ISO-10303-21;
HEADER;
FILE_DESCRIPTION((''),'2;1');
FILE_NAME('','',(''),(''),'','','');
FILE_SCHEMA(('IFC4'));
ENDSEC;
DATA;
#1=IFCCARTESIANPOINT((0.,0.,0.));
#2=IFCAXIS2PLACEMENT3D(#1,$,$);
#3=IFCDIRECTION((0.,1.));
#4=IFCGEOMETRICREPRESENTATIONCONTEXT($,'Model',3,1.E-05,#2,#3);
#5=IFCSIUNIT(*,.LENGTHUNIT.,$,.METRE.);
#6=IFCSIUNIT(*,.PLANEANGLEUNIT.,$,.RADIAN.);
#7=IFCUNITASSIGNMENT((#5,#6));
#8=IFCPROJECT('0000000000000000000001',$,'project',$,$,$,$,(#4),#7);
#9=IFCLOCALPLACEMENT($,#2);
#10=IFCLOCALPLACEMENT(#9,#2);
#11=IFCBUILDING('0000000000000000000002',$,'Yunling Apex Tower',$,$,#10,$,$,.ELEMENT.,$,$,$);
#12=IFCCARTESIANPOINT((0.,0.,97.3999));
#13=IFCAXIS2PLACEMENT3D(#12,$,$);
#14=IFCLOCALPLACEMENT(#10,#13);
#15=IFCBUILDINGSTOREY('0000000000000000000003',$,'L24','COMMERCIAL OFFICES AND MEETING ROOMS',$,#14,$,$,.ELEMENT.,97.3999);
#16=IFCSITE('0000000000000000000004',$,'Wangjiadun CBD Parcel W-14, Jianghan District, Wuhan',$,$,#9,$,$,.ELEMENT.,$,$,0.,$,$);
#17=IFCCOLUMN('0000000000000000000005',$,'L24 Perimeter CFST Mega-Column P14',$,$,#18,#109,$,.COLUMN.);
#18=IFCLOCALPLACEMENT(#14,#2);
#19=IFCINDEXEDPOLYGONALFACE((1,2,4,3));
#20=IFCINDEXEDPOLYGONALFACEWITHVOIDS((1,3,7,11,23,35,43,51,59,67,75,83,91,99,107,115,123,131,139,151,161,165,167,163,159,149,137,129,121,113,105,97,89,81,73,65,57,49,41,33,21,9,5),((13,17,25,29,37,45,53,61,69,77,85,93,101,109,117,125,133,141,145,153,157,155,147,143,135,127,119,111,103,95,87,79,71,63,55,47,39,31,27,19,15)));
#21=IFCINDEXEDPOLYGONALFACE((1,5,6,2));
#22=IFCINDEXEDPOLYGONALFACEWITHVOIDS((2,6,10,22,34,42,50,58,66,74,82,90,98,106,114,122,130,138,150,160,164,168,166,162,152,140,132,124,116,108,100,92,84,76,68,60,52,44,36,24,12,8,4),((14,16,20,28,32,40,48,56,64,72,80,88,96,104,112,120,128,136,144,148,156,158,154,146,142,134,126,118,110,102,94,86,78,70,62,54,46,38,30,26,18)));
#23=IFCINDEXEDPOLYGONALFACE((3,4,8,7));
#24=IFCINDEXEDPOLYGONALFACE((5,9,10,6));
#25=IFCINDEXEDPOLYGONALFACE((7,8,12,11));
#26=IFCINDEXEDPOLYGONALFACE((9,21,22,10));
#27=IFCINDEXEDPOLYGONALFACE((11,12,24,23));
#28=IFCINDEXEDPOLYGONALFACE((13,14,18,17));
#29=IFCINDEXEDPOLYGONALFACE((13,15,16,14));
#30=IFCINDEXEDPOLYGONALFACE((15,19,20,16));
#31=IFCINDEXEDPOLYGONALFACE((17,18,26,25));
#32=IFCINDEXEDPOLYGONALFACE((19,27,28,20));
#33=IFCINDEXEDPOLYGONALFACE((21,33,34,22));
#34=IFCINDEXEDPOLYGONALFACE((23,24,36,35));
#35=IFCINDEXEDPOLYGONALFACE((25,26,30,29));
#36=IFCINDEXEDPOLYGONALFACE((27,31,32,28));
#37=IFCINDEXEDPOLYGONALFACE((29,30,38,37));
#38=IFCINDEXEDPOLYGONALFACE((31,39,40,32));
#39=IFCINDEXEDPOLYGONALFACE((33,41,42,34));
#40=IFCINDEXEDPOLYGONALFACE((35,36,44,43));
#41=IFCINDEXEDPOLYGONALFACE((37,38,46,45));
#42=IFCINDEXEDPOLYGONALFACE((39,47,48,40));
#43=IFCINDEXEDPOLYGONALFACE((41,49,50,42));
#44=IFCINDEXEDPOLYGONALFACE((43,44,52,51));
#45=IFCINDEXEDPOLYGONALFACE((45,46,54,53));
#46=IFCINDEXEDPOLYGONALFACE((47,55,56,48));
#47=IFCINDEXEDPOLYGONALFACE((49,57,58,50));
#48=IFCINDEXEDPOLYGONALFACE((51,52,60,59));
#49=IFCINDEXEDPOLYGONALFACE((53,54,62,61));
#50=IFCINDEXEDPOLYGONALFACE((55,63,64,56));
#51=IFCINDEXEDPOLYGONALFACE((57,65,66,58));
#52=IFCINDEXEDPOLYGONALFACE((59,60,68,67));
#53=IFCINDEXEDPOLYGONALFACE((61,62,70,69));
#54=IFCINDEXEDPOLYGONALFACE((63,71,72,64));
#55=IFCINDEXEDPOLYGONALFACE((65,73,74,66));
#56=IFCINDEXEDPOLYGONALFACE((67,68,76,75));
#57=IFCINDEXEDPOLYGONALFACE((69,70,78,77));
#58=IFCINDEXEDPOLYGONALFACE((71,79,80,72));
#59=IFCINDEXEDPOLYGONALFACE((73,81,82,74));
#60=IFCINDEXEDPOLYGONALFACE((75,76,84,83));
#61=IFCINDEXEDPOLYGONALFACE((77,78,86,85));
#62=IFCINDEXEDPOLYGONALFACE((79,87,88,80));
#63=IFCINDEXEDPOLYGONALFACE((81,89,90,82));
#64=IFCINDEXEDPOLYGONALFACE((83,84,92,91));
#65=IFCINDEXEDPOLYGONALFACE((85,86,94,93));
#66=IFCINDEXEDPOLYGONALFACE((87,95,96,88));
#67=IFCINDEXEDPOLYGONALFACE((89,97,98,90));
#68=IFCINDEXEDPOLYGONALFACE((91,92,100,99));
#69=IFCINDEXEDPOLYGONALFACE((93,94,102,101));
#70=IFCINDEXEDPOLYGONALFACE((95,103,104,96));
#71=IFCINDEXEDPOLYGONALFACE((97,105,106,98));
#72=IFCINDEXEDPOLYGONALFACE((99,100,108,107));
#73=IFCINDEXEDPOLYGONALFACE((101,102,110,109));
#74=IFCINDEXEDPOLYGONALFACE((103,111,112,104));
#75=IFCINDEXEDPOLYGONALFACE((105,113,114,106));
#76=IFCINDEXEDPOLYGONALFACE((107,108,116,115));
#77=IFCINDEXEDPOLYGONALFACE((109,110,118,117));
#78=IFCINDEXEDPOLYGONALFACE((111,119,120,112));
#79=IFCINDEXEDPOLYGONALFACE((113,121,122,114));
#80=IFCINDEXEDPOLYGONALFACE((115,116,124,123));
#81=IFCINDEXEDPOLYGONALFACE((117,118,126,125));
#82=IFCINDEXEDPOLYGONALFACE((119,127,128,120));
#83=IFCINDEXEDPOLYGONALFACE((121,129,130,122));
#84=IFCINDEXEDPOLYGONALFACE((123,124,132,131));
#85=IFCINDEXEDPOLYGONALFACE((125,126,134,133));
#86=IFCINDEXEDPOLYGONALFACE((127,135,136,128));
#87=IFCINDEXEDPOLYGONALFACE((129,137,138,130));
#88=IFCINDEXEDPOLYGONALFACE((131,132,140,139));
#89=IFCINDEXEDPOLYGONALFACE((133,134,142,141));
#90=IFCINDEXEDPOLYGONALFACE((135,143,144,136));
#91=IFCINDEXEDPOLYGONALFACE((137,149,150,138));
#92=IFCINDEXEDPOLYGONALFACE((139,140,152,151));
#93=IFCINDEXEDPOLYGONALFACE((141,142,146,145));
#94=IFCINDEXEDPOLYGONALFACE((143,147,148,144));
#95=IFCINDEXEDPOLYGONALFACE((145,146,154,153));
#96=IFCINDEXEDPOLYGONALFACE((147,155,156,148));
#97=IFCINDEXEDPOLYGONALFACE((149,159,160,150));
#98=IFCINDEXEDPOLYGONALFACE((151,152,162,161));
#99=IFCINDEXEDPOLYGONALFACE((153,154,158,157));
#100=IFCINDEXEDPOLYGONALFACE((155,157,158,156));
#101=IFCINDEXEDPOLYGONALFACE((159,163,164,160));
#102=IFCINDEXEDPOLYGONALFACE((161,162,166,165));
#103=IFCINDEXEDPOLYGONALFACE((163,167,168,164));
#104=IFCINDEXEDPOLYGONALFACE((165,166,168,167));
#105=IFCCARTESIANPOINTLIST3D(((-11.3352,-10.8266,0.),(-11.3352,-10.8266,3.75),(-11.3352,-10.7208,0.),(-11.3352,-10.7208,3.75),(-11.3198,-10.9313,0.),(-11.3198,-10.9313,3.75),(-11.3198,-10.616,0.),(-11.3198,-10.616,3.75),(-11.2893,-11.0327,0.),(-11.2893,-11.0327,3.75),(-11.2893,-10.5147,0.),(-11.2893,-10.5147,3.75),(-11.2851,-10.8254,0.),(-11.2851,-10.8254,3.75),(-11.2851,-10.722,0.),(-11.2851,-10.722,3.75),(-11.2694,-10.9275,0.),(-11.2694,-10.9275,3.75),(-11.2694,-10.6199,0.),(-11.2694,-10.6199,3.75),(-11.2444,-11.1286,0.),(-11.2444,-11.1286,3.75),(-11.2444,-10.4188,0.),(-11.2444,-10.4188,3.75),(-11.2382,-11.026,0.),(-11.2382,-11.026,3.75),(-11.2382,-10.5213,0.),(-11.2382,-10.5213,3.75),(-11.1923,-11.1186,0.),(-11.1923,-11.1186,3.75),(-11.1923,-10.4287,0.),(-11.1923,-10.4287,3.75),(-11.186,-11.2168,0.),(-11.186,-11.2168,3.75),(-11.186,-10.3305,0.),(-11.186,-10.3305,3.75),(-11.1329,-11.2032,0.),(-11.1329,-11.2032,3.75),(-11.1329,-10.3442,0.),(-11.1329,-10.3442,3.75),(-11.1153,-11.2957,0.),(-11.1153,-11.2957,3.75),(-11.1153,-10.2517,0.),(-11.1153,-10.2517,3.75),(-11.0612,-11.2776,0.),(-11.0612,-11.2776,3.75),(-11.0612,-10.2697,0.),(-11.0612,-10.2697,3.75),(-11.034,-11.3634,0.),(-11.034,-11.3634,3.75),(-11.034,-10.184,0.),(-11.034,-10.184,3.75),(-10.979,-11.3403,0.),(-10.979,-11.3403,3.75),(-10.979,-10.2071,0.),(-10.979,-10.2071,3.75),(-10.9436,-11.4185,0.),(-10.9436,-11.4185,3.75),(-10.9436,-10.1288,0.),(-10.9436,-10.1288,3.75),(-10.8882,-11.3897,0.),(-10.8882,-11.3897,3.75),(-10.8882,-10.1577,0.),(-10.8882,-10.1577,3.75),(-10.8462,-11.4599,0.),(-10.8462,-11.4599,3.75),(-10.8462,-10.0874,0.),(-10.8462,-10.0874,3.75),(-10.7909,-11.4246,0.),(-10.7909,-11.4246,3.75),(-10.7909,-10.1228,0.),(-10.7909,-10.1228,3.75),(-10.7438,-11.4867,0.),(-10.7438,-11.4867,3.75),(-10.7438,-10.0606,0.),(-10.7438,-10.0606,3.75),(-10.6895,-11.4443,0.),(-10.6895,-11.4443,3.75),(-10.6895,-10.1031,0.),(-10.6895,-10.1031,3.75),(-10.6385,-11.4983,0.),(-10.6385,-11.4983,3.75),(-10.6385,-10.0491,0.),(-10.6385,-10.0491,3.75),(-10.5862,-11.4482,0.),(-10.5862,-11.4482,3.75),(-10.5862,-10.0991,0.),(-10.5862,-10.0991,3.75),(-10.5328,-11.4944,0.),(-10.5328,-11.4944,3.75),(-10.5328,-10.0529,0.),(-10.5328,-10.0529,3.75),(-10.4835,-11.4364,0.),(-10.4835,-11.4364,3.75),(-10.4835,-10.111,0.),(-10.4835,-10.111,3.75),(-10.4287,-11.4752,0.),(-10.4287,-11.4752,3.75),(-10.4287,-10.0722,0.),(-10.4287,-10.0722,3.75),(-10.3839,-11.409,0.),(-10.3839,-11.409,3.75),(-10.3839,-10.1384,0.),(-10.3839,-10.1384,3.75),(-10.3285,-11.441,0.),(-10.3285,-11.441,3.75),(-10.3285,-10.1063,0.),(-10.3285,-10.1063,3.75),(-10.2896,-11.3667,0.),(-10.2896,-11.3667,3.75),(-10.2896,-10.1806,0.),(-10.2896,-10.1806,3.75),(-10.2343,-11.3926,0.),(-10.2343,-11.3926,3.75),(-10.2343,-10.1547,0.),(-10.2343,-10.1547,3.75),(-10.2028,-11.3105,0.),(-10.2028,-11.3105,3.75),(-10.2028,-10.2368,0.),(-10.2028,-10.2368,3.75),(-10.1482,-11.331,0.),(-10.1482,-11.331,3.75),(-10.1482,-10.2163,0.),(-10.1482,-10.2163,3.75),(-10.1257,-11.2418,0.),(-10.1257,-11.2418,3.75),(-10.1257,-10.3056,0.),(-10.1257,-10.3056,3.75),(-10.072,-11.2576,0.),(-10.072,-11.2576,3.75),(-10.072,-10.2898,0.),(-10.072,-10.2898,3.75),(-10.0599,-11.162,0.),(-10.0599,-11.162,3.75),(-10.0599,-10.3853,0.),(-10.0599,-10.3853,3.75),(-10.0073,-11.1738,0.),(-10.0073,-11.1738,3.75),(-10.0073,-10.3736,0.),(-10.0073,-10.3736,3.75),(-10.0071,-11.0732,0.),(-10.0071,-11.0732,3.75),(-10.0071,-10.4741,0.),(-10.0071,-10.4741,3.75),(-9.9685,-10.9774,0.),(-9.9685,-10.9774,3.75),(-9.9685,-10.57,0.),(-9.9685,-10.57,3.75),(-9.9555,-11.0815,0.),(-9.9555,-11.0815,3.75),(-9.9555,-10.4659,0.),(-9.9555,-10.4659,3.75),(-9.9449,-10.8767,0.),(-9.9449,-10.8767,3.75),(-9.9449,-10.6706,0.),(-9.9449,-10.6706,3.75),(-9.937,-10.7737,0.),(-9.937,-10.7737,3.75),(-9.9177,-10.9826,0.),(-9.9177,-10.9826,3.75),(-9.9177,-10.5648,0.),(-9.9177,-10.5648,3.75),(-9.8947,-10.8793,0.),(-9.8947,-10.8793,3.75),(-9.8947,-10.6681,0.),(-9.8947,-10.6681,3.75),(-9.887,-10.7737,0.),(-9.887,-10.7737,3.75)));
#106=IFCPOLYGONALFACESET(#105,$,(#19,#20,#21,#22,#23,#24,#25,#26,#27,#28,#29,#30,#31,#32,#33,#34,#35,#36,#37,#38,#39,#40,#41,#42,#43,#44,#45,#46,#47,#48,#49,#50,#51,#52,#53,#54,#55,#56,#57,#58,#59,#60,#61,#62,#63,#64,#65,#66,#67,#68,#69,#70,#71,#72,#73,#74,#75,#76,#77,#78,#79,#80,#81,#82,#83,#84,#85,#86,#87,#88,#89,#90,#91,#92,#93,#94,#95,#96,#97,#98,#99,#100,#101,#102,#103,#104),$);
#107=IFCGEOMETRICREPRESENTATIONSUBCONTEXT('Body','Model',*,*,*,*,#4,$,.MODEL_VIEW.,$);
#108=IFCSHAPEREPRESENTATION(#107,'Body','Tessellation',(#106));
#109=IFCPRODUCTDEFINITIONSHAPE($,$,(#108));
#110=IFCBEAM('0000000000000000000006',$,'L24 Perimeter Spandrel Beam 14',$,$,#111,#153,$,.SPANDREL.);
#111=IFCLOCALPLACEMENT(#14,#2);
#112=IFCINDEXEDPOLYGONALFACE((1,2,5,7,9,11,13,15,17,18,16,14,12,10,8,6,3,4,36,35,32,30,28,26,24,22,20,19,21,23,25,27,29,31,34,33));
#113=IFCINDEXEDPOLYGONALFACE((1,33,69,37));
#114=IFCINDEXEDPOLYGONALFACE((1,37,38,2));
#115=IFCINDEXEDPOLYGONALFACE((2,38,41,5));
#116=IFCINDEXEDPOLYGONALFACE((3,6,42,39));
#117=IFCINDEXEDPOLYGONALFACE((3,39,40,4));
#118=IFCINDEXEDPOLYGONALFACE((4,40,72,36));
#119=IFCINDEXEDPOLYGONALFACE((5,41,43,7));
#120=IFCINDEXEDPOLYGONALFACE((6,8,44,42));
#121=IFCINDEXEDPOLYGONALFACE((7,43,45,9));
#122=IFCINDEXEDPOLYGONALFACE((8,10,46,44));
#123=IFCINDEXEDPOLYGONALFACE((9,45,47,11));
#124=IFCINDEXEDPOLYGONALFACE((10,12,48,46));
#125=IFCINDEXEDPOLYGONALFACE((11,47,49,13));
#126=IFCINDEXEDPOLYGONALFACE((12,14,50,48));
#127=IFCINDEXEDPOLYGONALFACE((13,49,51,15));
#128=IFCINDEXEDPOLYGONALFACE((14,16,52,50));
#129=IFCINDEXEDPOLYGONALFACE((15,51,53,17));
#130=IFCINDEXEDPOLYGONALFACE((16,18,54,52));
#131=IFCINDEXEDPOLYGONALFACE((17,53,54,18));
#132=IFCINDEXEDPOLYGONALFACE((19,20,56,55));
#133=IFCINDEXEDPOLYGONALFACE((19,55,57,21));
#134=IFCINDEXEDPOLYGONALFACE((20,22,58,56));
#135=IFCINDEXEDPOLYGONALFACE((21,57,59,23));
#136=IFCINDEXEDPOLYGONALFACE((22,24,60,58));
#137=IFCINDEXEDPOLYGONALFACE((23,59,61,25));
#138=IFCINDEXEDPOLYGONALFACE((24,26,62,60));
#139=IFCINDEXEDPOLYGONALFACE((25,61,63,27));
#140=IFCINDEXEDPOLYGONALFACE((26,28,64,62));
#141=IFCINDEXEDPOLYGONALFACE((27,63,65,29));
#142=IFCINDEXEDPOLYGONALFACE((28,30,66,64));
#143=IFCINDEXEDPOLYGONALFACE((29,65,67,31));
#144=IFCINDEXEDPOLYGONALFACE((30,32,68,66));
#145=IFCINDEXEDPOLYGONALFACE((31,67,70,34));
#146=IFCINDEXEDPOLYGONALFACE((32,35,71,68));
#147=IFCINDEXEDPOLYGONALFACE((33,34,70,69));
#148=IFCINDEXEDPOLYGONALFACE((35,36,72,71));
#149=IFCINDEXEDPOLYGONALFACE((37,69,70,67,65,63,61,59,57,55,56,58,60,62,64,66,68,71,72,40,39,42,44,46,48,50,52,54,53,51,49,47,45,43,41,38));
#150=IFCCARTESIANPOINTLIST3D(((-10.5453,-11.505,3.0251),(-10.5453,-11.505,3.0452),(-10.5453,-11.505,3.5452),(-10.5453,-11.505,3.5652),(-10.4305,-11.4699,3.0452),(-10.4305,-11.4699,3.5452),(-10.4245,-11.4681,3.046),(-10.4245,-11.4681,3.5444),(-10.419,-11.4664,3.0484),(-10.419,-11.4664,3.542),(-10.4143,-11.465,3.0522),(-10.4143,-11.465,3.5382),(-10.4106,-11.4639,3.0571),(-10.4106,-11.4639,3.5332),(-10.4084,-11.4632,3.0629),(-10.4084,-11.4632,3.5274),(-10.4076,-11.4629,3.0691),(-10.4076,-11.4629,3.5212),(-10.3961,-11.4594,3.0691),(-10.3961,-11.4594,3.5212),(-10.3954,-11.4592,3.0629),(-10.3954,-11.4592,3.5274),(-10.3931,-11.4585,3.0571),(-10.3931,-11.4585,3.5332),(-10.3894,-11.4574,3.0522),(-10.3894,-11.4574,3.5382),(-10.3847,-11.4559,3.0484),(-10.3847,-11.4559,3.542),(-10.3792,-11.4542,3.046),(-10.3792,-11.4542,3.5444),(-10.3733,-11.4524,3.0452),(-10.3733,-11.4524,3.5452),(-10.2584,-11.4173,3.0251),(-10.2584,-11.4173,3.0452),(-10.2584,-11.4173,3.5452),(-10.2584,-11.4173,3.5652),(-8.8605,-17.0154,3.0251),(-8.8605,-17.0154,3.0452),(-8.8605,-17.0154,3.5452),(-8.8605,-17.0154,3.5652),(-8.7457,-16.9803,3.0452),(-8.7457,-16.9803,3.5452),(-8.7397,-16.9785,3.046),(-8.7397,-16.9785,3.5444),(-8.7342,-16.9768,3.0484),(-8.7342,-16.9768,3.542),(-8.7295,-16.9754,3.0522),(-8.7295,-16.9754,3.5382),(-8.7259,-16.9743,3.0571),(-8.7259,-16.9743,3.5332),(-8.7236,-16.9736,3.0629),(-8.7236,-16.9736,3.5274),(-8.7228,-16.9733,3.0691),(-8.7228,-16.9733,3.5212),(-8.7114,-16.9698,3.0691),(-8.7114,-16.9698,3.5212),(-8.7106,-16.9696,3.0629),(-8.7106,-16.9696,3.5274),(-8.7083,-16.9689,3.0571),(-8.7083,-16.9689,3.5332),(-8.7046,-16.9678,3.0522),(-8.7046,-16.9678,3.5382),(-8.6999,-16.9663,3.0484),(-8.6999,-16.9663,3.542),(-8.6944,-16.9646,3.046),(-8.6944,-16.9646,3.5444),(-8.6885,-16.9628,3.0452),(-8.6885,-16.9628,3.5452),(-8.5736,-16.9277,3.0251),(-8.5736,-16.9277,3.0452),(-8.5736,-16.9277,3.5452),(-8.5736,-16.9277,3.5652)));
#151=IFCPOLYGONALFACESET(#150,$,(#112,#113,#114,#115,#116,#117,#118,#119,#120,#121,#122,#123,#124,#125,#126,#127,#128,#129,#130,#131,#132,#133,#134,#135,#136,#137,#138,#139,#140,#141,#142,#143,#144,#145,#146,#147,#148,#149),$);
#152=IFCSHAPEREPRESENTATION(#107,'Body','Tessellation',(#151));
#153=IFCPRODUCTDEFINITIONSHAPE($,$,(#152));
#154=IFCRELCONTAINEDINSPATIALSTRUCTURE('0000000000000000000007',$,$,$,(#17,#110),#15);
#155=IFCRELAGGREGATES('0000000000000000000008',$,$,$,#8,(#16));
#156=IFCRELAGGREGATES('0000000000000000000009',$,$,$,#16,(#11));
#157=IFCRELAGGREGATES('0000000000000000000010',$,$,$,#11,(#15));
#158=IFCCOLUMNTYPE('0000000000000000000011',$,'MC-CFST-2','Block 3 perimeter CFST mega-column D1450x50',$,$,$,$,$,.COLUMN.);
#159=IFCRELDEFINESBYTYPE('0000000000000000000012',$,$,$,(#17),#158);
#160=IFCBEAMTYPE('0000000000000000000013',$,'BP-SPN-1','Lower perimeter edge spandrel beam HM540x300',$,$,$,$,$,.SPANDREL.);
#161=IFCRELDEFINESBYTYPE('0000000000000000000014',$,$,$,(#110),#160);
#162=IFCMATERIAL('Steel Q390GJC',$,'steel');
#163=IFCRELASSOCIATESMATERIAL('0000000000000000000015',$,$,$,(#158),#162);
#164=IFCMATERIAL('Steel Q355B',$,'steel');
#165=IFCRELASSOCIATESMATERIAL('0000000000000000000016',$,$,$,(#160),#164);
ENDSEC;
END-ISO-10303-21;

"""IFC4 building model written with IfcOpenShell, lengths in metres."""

from ifc_helpers import new_model, si_unit, direction, frame, origin, origin_2d, place, context, subcontext, project, spatial, hollow_circle, i_section, extrude, source, transform, mapped, material, material_profile, profile_set, type_object, element, save


model = new_model("IFC4")

# Units and contexts
model_context = context("Model", 3, precision=1e-05, world=origin(), true_north=direction((0.0, 1.0)))
body_context = subcontext(model_context, "Body", "Model", "MODEL_VIEW")
ifc_project = project(units=[si_unit("LENGTHUNIT", "METRE"), si_unit("PLANEANGLEUNIT", "RADIAN")], contexts=[model_context])

# Site, building, storey
site_placement = place(None, origin())
site = spatial("IfcSite", under=ifc_project, at=site_placement, Name="Wangjiadun CBD Parcel W-14, Jianghan District, Wuhan", CompositionType="ELEMENT", RefElevation=0.0)
building_placement = place(site_placement, origin())
building = spatial("IfcBuilding", under=site, at=building_placement, Name="Yunling Apex Tower", CompositionType="ELEMENT")
storey_placement = place(building_placement, frame((0.0, 0.0, 97.3999)))
storey = spatial("IfcBuildingStorey", under=building, at=storey_placement, Name="L24", Description="COMMERCIAL OFFICES AND MEETING ROOMS", CompositionType="ELEMENT", Elevation=97.3999)

# Column
ifc_material_1 = material(Name="Steel Q390GJC", Category="steel")
ifc_material_profile_1 = material_profile(ifc_material_1, hollow_circle(Radius=0.7251, WallThickness=0.05, at=origin_2d()))
ifc_profile_set_1 = profile_set([ifc_material_profile_1], Name="Steel Q390GJC")
column_type = type_object("IfcColumnType", Name="MC-CFST-2", Description="Block 3 perimeter CFST mega-column D1450x50", PredefinedType="COLUMN", material=ifc_profile_set_1)
shared_shape_1 = source(origin(), body_context, "Body", "SweptSolid", [
    extrude(hollow_circle(Radius=0.7251, WallThickness=0.05, at=origin_2d()), origin(), (0.0, 0.0, 1.0), 3.75),
])
column_placement = place(storey_placement, frame((-10.6121, -10.7737, 0.0), z_axis=(0.0, 0.0, 1.0), x_axis=(1.0, 0.0, 0.0)))
element("IfcColumn", 1, at=column_placement, inside=storey, type_object=column_type, Name="L24 Perimeter CFST Mega-Column P14", PredefinedType="COLUMN", context=body_context, shape_type="MappedRepresentation", body=[
    mapped(shared_shape_1, transform((0.0, 0.0, 0.0), scale=1.0)),
])

# Beam
ifc_material_2 = material(Name="Steel Q355B", Category="steel")
ifc_material_profile_2 = material_profile(ifc_material_2, i_section(OverallWidth=0.3, OverallDepth=0.54, WebThickness=0.012, FlangeThickness=0.02, FilletRadius=0.0239, at=origin_2d()))
ifc_profile_set_2 = profile_set([ifc_material_profile_2], Name="Steel Q355B")
beam_type_1 = type_object("IfcBeamType", Name="BP-SPN-1", Description="Lower perimeter edge spandrel beam HM540x300", PredefinedType="SPANDREL", material=ifc_profile_set_2)
shared_shape_2 = source(origin(), body_context, "Body", "SweptSolid", [
    extrude(i_section(OverallWidth=0.3, OverallDepth=0.54, WebThickness=0.012, FlangeThickness=0.02, FilletRadius=0.0239, at=origin_2d()), origin(), (0.0, 0.0, 1.0), 5.7622),
])
beam_1_placement = place(storey_placement, frame((-10.4019, -11.4612, 3.2952), z_axis=(0.292385, -0.956301, 0.0), x_axis=(0.956301, 0.292385, 0.0)))
element("IfcBeam", 2, at=beam_1_placement, inside=storey, type_object=beam_type_1, Name="L24 Perimeter Spandrel Beam 14", PredefinedType="SPANDREL", context=body_context, shape_type="MappedRepresentation", body=[
    mapped(shared_shape_2, transform((0.0, 0.0, 0.0), scale=1.0)),
])

save(model, "model.ifc")
